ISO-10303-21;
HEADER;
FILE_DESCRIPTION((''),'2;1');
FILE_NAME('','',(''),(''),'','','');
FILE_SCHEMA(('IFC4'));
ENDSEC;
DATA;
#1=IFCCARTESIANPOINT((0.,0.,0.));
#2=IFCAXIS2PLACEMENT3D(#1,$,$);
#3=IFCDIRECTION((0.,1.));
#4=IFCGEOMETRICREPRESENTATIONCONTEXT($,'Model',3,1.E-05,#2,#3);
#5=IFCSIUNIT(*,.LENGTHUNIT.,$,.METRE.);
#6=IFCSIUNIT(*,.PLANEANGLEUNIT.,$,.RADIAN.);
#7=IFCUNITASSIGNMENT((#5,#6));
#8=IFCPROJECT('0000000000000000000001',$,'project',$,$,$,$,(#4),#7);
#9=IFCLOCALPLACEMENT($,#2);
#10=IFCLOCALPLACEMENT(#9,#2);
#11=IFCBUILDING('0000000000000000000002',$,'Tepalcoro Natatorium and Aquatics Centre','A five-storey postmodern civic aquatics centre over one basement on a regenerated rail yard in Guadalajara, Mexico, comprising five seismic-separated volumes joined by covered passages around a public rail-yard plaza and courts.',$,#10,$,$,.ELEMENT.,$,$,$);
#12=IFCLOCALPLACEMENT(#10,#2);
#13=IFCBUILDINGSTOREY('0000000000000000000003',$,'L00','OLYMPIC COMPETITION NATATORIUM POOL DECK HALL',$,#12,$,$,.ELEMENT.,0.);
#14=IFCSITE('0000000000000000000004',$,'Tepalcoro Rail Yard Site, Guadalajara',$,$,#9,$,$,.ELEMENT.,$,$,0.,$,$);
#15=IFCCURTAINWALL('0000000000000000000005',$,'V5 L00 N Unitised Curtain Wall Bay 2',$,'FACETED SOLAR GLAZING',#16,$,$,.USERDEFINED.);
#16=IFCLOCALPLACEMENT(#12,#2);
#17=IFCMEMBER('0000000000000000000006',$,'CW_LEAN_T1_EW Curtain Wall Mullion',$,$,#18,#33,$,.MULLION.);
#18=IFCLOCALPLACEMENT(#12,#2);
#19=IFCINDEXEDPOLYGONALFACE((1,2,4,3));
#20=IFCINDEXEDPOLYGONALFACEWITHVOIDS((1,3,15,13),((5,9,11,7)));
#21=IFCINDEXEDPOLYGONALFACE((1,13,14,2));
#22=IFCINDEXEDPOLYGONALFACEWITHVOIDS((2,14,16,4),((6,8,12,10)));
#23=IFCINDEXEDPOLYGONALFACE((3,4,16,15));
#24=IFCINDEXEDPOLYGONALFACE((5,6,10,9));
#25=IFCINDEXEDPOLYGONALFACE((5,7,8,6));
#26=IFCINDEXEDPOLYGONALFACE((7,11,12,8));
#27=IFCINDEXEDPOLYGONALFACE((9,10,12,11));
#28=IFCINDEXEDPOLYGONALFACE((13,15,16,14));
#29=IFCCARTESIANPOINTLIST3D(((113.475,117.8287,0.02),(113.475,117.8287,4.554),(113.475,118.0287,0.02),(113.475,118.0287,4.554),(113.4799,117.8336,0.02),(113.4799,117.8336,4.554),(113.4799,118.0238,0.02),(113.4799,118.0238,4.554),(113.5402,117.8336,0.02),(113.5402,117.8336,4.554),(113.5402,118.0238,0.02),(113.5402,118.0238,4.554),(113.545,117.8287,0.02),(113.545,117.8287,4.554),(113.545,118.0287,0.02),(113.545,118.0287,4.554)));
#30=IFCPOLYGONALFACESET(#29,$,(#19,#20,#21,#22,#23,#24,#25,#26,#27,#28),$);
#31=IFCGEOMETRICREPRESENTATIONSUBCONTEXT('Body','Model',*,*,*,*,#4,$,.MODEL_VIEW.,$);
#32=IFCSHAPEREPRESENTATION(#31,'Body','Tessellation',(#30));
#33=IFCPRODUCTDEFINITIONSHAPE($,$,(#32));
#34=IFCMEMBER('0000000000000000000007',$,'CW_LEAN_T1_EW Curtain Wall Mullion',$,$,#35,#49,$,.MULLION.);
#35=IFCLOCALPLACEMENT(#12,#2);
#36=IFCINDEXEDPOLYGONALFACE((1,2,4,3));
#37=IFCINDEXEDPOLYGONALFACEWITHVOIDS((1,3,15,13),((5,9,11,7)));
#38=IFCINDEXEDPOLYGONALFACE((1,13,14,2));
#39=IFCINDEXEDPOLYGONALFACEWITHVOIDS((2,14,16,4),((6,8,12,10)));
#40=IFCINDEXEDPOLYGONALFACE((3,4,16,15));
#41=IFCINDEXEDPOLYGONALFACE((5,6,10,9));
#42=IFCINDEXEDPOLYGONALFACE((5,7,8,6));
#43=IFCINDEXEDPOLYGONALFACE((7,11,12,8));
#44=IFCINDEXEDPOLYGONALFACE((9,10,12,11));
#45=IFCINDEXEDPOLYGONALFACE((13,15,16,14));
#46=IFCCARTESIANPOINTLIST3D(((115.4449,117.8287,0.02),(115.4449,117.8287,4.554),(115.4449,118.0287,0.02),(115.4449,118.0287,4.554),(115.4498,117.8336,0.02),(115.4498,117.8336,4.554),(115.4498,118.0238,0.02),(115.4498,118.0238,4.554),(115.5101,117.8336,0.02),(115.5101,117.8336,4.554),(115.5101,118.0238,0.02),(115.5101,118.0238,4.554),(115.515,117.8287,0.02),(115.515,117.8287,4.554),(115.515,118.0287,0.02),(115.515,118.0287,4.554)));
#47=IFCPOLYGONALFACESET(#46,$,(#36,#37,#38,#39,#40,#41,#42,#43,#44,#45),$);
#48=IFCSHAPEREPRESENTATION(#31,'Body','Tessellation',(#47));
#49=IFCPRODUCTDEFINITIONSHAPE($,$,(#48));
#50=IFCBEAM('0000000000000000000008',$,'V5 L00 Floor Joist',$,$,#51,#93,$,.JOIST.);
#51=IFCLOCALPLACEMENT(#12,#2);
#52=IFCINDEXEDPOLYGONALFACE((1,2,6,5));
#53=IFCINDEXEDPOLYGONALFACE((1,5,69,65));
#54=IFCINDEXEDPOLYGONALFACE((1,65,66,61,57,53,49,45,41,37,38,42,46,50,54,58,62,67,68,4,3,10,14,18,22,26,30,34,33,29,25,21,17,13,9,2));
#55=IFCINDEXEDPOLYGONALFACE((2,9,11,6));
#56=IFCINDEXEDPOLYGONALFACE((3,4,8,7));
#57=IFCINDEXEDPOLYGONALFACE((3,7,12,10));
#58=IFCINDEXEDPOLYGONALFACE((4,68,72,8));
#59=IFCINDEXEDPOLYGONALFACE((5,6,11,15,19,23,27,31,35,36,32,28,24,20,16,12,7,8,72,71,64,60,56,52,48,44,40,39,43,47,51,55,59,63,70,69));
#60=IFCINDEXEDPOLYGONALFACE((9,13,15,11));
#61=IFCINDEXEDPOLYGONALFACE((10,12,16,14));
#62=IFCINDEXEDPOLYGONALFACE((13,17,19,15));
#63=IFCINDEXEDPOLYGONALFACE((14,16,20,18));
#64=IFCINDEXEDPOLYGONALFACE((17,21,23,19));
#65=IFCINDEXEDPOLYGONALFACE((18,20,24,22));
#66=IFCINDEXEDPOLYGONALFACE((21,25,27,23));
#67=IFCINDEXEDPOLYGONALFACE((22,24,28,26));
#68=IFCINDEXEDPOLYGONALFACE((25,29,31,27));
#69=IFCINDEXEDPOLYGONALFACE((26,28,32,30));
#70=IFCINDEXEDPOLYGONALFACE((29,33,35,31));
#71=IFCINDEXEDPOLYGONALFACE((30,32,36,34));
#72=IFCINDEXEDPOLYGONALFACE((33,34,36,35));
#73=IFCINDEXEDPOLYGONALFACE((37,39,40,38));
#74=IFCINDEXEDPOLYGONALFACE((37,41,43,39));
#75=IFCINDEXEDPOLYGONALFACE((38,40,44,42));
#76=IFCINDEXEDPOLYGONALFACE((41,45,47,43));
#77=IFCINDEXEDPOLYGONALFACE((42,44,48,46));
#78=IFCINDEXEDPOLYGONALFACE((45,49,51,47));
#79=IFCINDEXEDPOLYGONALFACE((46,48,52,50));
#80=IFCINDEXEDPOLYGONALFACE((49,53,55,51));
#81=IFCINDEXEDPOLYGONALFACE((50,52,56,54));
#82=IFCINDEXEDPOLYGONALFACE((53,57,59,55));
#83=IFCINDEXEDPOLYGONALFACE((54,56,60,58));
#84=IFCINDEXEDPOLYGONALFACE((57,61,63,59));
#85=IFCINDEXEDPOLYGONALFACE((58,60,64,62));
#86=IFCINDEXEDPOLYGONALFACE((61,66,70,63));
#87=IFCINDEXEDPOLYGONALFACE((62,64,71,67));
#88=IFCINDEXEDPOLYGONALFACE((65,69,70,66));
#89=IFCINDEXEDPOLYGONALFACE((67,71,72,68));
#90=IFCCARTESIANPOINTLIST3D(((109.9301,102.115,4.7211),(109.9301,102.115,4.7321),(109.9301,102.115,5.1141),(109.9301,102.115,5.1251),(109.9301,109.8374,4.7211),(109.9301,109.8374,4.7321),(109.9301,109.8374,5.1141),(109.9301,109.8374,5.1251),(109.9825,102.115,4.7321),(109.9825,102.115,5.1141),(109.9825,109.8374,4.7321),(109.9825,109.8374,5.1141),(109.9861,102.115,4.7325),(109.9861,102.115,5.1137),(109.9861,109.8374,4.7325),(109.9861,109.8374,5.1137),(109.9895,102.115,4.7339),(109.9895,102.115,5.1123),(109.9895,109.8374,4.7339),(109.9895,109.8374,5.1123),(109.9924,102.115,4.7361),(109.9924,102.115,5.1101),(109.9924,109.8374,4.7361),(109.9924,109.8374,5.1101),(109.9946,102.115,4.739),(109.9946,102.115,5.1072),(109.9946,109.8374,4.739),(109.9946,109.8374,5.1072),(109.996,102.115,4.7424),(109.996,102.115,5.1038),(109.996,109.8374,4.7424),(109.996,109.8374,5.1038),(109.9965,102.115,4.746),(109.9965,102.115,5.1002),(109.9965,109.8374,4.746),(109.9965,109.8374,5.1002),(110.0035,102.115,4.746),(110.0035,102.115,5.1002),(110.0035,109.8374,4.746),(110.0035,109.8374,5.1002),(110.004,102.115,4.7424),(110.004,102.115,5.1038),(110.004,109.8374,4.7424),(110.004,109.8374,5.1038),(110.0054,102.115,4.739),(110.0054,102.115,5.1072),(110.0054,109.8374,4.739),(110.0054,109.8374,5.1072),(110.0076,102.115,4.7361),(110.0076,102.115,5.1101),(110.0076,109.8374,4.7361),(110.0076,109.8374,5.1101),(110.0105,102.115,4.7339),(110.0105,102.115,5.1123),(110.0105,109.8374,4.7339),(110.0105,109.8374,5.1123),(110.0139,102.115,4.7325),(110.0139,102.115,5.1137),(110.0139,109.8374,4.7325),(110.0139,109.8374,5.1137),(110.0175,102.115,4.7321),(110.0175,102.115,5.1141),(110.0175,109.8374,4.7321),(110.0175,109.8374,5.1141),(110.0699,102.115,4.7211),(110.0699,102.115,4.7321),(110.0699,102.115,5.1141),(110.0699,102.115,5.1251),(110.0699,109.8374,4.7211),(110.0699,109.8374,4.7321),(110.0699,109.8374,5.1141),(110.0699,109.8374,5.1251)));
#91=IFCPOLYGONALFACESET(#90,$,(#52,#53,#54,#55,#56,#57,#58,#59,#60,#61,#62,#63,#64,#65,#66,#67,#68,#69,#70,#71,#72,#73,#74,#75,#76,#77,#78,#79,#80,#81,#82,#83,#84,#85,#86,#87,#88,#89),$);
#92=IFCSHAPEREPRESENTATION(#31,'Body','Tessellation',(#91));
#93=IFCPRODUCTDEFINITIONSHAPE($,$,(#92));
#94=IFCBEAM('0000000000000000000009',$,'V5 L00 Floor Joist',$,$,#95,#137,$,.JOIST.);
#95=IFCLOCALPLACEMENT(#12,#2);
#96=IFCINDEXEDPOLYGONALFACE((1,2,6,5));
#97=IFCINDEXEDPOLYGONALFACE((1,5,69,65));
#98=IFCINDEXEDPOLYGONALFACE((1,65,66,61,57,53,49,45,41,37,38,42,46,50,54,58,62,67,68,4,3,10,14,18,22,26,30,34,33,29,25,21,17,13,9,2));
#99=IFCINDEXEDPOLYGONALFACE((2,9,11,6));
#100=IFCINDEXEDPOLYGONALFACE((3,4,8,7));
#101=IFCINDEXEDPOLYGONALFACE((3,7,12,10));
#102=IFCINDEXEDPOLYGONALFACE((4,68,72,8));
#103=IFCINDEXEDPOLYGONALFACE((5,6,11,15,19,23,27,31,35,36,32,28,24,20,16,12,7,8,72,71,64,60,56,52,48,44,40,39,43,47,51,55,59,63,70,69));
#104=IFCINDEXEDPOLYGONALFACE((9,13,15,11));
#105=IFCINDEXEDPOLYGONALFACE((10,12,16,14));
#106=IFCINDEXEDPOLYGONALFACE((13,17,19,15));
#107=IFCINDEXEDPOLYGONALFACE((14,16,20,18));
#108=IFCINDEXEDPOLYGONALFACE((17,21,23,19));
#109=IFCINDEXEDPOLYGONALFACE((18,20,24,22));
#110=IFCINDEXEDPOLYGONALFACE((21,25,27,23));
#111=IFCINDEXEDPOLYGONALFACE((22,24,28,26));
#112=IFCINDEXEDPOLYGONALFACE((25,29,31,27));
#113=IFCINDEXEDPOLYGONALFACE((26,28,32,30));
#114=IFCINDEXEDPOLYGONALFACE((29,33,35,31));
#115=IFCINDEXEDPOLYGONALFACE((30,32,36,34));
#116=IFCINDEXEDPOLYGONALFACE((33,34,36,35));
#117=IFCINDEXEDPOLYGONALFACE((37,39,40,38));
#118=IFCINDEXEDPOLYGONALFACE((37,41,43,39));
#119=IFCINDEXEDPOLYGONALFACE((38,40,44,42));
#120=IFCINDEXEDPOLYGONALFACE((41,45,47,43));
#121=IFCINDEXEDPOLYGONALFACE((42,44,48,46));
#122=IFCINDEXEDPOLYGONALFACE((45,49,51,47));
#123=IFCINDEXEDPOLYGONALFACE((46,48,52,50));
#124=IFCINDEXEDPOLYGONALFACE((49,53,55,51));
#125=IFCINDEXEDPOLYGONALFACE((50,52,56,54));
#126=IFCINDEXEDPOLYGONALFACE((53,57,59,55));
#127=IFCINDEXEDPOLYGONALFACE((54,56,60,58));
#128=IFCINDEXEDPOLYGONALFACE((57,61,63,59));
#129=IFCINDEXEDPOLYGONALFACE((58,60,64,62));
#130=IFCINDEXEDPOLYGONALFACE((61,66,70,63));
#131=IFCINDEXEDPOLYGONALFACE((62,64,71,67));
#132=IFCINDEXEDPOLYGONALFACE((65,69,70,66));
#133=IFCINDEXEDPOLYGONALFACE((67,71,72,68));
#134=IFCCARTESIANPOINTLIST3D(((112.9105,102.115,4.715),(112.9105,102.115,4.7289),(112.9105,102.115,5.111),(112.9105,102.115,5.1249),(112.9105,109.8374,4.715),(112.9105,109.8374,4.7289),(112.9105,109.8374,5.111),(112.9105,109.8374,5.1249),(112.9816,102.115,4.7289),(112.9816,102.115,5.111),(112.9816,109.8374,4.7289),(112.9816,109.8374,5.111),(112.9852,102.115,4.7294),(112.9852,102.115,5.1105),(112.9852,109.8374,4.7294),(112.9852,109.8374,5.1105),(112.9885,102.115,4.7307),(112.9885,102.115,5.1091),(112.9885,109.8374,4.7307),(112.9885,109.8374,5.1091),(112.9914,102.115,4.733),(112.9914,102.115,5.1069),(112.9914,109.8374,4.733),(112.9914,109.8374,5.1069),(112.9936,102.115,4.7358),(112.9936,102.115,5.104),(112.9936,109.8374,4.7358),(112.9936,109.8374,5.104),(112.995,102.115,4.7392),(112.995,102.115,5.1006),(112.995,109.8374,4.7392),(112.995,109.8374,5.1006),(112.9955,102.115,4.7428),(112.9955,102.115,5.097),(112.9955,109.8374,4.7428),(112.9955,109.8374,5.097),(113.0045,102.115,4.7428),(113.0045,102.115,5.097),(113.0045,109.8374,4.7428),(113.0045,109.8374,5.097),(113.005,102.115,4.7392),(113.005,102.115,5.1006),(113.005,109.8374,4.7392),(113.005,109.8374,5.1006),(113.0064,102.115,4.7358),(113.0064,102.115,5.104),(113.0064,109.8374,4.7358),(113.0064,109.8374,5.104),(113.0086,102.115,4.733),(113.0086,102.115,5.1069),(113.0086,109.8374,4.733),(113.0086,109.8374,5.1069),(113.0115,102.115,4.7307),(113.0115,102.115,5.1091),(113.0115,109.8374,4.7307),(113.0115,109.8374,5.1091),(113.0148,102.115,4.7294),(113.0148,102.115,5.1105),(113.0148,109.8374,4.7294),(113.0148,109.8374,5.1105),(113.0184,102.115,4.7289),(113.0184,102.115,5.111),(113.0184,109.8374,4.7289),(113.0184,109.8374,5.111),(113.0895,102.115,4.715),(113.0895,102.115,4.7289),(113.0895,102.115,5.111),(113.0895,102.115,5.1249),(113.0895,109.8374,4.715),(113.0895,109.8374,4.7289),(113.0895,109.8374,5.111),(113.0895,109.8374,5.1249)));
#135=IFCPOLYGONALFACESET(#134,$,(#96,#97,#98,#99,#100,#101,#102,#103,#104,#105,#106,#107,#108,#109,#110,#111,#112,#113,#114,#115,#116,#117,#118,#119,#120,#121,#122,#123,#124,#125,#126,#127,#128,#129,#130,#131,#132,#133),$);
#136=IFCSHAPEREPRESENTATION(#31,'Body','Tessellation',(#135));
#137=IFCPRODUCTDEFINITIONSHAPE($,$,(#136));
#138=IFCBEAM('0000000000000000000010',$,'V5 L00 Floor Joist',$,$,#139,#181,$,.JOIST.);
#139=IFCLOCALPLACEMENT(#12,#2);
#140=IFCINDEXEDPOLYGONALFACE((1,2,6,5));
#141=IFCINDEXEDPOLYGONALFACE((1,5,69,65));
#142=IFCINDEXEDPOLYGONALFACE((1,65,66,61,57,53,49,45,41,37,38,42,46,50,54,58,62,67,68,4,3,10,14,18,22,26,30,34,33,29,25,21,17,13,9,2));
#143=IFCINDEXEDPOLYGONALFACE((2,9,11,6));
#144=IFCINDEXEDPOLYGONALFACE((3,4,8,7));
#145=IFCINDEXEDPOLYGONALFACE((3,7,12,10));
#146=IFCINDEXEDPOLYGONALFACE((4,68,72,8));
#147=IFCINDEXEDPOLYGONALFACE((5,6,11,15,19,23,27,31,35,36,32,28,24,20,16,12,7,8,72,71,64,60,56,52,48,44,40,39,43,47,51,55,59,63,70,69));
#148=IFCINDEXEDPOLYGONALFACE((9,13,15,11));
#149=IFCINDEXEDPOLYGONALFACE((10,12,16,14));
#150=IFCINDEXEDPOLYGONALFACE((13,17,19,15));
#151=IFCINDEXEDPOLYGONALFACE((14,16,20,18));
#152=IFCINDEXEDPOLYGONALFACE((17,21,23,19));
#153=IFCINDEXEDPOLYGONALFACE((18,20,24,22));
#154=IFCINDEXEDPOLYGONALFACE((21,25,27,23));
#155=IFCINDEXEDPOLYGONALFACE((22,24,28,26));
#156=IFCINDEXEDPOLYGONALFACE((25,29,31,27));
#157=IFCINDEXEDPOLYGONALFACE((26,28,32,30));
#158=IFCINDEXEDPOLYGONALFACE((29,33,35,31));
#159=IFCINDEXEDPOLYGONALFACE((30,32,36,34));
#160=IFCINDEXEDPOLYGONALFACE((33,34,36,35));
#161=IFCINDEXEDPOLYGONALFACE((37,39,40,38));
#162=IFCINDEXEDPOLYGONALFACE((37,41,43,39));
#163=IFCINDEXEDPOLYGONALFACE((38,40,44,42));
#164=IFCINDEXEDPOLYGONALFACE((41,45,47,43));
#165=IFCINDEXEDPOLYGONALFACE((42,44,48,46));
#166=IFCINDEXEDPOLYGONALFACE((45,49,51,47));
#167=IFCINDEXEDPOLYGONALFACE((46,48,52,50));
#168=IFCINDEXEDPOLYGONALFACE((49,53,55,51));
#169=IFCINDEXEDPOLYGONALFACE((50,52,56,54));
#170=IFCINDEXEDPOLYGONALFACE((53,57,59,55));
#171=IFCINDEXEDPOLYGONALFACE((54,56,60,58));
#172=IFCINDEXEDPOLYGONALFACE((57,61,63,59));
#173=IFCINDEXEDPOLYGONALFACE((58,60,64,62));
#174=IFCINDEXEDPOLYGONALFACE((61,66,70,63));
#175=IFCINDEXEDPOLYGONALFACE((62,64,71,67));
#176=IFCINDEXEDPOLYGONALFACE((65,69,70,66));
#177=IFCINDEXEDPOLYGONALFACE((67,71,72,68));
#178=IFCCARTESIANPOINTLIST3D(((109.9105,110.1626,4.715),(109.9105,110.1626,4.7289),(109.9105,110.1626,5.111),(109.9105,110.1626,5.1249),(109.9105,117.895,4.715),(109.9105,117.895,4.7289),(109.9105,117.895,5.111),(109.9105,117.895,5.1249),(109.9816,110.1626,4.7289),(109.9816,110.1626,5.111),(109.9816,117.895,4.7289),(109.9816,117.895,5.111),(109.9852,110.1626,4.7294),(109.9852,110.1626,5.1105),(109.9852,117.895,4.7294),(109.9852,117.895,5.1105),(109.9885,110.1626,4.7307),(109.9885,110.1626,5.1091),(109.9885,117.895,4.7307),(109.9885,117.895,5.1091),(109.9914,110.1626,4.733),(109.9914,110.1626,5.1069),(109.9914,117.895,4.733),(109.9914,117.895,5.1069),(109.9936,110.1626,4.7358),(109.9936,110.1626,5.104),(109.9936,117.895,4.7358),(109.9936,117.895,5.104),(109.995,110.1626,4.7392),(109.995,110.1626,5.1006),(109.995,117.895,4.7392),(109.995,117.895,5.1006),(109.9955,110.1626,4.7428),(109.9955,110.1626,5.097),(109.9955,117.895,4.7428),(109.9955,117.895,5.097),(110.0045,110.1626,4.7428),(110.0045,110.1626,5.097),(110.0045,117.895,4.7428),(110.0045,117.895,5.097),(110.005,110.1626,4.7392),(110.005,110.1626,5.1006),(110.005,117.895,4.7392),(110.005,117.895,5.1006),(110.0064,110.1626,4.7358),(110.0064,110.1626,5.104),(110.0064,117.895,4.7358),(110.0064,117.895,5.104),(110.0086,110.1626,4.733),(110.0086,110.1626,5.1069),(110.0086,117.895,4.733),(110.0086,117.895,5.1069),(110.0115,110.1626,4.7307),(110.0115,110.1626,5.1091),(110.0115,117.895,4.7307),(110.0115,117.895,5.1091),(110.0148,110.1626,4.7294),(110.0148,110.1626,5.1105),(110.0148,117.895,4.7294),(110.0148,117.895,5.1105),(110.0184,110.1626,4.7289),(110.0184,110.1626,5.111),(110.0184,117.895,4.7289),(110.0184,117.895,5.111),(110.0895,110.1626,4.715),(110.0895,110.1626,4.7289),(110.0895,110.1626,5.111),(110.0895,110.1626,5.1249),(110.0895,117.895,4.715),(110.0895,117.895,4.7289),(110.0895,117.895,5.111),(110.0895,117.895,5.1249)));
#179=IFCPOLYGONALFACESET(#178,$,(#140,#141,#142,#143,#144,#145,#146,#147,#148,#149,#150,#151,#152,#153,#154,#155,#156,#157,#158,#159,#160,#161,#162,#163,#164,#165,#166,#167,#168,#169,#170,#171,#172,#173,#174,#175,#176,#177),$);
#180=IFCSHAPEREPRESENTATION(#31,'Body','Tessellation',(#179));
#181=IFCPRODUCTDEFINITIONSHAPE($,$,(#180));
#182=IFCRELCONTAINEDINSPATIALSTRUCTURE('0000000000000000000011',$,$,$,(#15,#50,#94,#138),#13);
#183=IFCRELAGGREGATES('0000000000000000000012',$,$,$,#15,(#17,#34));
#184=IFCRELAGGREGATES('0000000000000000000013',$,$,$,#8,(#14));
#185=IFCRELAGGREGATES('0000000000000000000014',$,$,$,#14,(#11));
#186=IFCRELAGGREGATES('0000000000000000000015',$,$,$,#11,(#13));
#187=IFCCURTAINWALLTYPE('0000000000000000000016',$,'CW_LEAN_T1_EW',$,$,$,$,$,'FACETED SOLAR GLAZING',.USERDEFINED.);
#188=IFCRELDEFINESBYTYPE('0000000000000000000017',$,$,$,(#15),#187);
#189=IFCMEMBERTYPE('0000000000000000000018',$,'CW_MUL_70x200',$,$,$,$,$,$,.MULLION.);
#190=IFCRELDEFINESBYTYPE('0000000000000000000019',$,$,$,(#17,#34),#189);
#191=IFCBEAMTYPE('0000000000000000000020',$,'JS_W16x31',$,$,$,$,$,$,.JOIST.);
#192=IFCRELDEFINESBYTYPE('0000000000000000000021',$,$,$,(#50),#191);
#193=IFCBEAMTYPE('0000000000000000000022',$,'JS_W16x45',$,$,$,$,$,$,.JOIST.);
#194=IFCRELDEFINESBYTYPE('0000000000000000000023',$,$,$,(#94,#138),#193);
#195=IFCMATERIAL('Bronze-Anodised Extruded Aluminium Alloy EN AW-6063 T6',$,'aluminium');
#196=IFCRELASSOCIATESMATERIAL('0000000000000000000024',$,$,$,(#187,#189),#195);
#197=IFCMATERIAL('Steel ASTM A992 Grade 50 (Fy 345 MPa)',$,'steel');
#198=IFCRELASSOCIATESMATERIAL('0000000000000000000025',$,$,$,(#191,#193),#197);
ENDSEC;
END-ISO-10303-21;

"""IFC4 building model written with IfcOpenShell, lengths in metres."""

from ifc_helpers import new_model, si_unit, direction, frame, origin, origin_2d, place, context, subcontext, project, spatial, hollow_rectangle, i_section, extrude, material, material_profile, profile_set, type_object, element, aggregate, save


model = new_model("IFC4")

# Units and contexts
model_context = context("Model", 3, precision=1e-05, world=origin(), true_north=direction((0.0, 1.0)))
body_context = subcontext(model_context, "Body", "Model", "MODEL_VIEW")
ifc_project = project(units=[si_unit("LENGTHUNIT", "METRE"), si_unit("PLANEANGLEUNIT", "RADIAN")], contexts=[model_context])

# Site, building, storey
site_placement = place(None, origin())
site = spatial("IfcSite", under=ifc_project, at=site_placement, Name="Tepalcoro Rail Yard Site, Guadalajara", CompositionType="ELEMENT", RefElevation=0.0)
building_placement = place(site_placement, origin())
building = spatial("IfcBuilding", under=site, at=building_placement, Name="Tepalcoro Natatorium and Aquatics Centre", Description="A five-storey postmodern civic aquatics centre over one basement on a regenerated rail yard in Guadalajara, Mexico, comprising five seismic-separated volumes joined by covered passages around a public rail-yard plaza and courts.", CompositionType="ELEMENT")
storey_placement = place(building_placement, origin())
storey = spatial("IfcBuildingStorey", under=building, at=storey_placement, Name="L00", Description="OLYMPIC COMPETITION NATATORIUM POOL DECK HALL", CompositionType="ELEMENT", Elevation=0.0)

# Shared definitions
ifc_material_1 = material(Name="Steel ASTM A992 Grade 50 (Fy 345 MPa)", Category="steel")

# Curtain wall, members
ifc_material_2 = material(Name="Bronze-Anodised Extruded Aluminium Alloy EN AW-6063 T6", Category="aluminium")
curtain_wall_type = type_object("IfcCurtainWallType", Name="CW_LEAN_T1_EW", ElementType="FACETED SOLAR GLAZING", PredefinedType="USERDEFINED", material=ifc_material_2)
curtain_wall_placement = place(storey_placement, origin())
curtain_wall = element("IfcCurtainWall", 1, at=curtain_wall_placement, inside=storey, type_object=curtain_wall_type, Name="V5 L00 N Unitised Curtain Wall Bay 2", ObjectType="FACETED SOLAR GLAZING", PredefinedType="USERDEFINED")
ifc_material_profile_1 = material_profile(ifc_material_2, hollow_rectangle(XDim=0.0701, YDim=0.2, WallThickness=0.0049, at=origin_2d()), Name="AL70X200X5")
ifc_profile_set_1 = profile_set([ifc_material_profile_1], Name="Bronze-Anodised Extruded Aluminium Alloy EN AW-6063 T6")
member_type = type_object("IfcMemberType", Name="CW_MUL_70x200", PredefinedType="MULLION", material=ifc_profile_set_1)
member_1_placement = place(storey_placement, frame((113.51, 117.9287, 0.02), z_axis=(0.0, 0.0, 1.0), x_axis=(1.0, 0.0, 0.0)))
member_1 = element("IfcMember", 2, at=member_1_placement, type_object=member_type, Name="CW_LEAN_T1_EW Curtain Wall Mullion", PredefinedType="MULLION", context=body_context, shape_type="SweptSolid", body=[
    extrude(hollow_rectangle(XDim=0.0701, YDim=0.2, WallThickness=0.0049, at=origin_2d()), origin(), (0.0, 0.0, 1.0), 4.5339),
])
member_2_placement = place(storey_placement, frame((115.48, 117.9287, 0.02), z_axis=(0.0, 0.0, 1.0), x_axis=(1.0, 0.0, 0.0)))
member_2 = element("IfcMember", 3, at=member_2_placement, type_object=member_type, Name="CW_LEAN_T1_EW Curtain Wall Mullion", PredefinedType="MULLION", context=body_context, shape_type="SweptSolid", body=[
    extrude(hollow_rectangle(XDim=0.0701, YDim=0.2, WallThickness=0.0049, at=origin_2d()), origin(), (0.0, 0.0, 1.0), 4.5339),
])

# Beams
ifc_material_profile_2 = material_profile(ifc_material_1, i_section(OverallWidth=0.1399, OverallDepth=0.4041, WebThickness=0.0071, FlangeThickness=0.011, FilletRadius=0.0139, at=origin_2d()), Name="W16X31")
ifc_profile_set_2 = profile_set([ifc_material_profile_2], Name="Steel ASTM A992 Grade 50 (Fy 345 MPa)")
beam_type_1 = type_object("IfcBeamType", Name="JS_W16x31", PredefinedType="JOIST", material=ifc_profile_set_2)
beam_1_placement = place(storey_placement, frame((110.0, 102.115, 4.9231), z_axis=(0.0, 1.0, 0.0), x_axis=(-1.0, 0.0, 0.0)))
element("IfcBeam", 4, at=beam_1_placement, inside=storey, type_object=beam_type_1, Name="V5 L00 Floor Joist", PredefinedType="JOIST", context=body_context, shape_type="SweptSolid", body=[
    extrude(i_section(OverallWidth=0.1399, OverallDepth=0.4041, WebThickness=0.0071, FlangeThickness=0.011, FilletRadius=0.0139, at=origin_2d()), origin(), (0.0, 0.0, 1.0), 7.7224),
])
ifc_material_profile_3 = material_profile(ifc_material_1, i_section(OverallWidth=0.179, OverallDepth=0.4099, WebThickness=0.009, FlangeThickness=0.0139, FilletRadius=0.0139, at=origin_2d()), Name="W16X45")
ifc_profile_set_3 = profile_set([ifc_material_profile_3], Name="Steel ASTM A992 Grade 50 (Fy 345 MPa)")
beam_type_2 = type_object("IfcBeamType", Name="JS_W16x45", PredefinedType="JOIST", material=ifc_profile_set_3)
beam_2_placement = place(storey_placement, frame((113.0, 102.115, 4.9199), z_axis=(0.0, 1.0, 0.0), x_axis=(-1.0, 0.0, 0.0)))
element("IfcBeam", 5, at=beam_2_placement, inside=storey, type_object=beam_type_2, Name="V5 L00 Floor Joist", PredefinedType="JOIST", context=body_context, shape_type="SweptSolid", body=[
    extrude(i_section(OverallWidth=0.179, OverallDepth=0.4099, WebThickness=0.009, FlangeThickness=0.0139, FilletRadius=0.0139, at=origin_2d()), origin(), (0.0, 0.0, 1.0), 7.7224),
])
beam_3_placement = place(storey_placement, frame((110.0, 110.1626, 4.9199), z_axis=(0.0, 1.0, 0.0), x_axis=(-1.0, 0.0, 0.0)))
element("IfcBeam", 6, at=beam_3_placement, inside=storey, type_object=beam_type_2, Name="V5 L00 Floor Joist", PredefinedType="JOIST", context=body_context, shape_type="SweptSolid", body=[
    extrude(i_section(OverallWidth=0.179, OverallDepth=0.4099, WebThickness=0.009, FlangeThickness=0.0139, FilletRadius=0.0139, at=origin_2d()), origin(), (0.0, 0.0, 1.0), 7.7324),
])

aggregate(curtain_wall, [member_1, member_2])

save(model, "model.ifc")
